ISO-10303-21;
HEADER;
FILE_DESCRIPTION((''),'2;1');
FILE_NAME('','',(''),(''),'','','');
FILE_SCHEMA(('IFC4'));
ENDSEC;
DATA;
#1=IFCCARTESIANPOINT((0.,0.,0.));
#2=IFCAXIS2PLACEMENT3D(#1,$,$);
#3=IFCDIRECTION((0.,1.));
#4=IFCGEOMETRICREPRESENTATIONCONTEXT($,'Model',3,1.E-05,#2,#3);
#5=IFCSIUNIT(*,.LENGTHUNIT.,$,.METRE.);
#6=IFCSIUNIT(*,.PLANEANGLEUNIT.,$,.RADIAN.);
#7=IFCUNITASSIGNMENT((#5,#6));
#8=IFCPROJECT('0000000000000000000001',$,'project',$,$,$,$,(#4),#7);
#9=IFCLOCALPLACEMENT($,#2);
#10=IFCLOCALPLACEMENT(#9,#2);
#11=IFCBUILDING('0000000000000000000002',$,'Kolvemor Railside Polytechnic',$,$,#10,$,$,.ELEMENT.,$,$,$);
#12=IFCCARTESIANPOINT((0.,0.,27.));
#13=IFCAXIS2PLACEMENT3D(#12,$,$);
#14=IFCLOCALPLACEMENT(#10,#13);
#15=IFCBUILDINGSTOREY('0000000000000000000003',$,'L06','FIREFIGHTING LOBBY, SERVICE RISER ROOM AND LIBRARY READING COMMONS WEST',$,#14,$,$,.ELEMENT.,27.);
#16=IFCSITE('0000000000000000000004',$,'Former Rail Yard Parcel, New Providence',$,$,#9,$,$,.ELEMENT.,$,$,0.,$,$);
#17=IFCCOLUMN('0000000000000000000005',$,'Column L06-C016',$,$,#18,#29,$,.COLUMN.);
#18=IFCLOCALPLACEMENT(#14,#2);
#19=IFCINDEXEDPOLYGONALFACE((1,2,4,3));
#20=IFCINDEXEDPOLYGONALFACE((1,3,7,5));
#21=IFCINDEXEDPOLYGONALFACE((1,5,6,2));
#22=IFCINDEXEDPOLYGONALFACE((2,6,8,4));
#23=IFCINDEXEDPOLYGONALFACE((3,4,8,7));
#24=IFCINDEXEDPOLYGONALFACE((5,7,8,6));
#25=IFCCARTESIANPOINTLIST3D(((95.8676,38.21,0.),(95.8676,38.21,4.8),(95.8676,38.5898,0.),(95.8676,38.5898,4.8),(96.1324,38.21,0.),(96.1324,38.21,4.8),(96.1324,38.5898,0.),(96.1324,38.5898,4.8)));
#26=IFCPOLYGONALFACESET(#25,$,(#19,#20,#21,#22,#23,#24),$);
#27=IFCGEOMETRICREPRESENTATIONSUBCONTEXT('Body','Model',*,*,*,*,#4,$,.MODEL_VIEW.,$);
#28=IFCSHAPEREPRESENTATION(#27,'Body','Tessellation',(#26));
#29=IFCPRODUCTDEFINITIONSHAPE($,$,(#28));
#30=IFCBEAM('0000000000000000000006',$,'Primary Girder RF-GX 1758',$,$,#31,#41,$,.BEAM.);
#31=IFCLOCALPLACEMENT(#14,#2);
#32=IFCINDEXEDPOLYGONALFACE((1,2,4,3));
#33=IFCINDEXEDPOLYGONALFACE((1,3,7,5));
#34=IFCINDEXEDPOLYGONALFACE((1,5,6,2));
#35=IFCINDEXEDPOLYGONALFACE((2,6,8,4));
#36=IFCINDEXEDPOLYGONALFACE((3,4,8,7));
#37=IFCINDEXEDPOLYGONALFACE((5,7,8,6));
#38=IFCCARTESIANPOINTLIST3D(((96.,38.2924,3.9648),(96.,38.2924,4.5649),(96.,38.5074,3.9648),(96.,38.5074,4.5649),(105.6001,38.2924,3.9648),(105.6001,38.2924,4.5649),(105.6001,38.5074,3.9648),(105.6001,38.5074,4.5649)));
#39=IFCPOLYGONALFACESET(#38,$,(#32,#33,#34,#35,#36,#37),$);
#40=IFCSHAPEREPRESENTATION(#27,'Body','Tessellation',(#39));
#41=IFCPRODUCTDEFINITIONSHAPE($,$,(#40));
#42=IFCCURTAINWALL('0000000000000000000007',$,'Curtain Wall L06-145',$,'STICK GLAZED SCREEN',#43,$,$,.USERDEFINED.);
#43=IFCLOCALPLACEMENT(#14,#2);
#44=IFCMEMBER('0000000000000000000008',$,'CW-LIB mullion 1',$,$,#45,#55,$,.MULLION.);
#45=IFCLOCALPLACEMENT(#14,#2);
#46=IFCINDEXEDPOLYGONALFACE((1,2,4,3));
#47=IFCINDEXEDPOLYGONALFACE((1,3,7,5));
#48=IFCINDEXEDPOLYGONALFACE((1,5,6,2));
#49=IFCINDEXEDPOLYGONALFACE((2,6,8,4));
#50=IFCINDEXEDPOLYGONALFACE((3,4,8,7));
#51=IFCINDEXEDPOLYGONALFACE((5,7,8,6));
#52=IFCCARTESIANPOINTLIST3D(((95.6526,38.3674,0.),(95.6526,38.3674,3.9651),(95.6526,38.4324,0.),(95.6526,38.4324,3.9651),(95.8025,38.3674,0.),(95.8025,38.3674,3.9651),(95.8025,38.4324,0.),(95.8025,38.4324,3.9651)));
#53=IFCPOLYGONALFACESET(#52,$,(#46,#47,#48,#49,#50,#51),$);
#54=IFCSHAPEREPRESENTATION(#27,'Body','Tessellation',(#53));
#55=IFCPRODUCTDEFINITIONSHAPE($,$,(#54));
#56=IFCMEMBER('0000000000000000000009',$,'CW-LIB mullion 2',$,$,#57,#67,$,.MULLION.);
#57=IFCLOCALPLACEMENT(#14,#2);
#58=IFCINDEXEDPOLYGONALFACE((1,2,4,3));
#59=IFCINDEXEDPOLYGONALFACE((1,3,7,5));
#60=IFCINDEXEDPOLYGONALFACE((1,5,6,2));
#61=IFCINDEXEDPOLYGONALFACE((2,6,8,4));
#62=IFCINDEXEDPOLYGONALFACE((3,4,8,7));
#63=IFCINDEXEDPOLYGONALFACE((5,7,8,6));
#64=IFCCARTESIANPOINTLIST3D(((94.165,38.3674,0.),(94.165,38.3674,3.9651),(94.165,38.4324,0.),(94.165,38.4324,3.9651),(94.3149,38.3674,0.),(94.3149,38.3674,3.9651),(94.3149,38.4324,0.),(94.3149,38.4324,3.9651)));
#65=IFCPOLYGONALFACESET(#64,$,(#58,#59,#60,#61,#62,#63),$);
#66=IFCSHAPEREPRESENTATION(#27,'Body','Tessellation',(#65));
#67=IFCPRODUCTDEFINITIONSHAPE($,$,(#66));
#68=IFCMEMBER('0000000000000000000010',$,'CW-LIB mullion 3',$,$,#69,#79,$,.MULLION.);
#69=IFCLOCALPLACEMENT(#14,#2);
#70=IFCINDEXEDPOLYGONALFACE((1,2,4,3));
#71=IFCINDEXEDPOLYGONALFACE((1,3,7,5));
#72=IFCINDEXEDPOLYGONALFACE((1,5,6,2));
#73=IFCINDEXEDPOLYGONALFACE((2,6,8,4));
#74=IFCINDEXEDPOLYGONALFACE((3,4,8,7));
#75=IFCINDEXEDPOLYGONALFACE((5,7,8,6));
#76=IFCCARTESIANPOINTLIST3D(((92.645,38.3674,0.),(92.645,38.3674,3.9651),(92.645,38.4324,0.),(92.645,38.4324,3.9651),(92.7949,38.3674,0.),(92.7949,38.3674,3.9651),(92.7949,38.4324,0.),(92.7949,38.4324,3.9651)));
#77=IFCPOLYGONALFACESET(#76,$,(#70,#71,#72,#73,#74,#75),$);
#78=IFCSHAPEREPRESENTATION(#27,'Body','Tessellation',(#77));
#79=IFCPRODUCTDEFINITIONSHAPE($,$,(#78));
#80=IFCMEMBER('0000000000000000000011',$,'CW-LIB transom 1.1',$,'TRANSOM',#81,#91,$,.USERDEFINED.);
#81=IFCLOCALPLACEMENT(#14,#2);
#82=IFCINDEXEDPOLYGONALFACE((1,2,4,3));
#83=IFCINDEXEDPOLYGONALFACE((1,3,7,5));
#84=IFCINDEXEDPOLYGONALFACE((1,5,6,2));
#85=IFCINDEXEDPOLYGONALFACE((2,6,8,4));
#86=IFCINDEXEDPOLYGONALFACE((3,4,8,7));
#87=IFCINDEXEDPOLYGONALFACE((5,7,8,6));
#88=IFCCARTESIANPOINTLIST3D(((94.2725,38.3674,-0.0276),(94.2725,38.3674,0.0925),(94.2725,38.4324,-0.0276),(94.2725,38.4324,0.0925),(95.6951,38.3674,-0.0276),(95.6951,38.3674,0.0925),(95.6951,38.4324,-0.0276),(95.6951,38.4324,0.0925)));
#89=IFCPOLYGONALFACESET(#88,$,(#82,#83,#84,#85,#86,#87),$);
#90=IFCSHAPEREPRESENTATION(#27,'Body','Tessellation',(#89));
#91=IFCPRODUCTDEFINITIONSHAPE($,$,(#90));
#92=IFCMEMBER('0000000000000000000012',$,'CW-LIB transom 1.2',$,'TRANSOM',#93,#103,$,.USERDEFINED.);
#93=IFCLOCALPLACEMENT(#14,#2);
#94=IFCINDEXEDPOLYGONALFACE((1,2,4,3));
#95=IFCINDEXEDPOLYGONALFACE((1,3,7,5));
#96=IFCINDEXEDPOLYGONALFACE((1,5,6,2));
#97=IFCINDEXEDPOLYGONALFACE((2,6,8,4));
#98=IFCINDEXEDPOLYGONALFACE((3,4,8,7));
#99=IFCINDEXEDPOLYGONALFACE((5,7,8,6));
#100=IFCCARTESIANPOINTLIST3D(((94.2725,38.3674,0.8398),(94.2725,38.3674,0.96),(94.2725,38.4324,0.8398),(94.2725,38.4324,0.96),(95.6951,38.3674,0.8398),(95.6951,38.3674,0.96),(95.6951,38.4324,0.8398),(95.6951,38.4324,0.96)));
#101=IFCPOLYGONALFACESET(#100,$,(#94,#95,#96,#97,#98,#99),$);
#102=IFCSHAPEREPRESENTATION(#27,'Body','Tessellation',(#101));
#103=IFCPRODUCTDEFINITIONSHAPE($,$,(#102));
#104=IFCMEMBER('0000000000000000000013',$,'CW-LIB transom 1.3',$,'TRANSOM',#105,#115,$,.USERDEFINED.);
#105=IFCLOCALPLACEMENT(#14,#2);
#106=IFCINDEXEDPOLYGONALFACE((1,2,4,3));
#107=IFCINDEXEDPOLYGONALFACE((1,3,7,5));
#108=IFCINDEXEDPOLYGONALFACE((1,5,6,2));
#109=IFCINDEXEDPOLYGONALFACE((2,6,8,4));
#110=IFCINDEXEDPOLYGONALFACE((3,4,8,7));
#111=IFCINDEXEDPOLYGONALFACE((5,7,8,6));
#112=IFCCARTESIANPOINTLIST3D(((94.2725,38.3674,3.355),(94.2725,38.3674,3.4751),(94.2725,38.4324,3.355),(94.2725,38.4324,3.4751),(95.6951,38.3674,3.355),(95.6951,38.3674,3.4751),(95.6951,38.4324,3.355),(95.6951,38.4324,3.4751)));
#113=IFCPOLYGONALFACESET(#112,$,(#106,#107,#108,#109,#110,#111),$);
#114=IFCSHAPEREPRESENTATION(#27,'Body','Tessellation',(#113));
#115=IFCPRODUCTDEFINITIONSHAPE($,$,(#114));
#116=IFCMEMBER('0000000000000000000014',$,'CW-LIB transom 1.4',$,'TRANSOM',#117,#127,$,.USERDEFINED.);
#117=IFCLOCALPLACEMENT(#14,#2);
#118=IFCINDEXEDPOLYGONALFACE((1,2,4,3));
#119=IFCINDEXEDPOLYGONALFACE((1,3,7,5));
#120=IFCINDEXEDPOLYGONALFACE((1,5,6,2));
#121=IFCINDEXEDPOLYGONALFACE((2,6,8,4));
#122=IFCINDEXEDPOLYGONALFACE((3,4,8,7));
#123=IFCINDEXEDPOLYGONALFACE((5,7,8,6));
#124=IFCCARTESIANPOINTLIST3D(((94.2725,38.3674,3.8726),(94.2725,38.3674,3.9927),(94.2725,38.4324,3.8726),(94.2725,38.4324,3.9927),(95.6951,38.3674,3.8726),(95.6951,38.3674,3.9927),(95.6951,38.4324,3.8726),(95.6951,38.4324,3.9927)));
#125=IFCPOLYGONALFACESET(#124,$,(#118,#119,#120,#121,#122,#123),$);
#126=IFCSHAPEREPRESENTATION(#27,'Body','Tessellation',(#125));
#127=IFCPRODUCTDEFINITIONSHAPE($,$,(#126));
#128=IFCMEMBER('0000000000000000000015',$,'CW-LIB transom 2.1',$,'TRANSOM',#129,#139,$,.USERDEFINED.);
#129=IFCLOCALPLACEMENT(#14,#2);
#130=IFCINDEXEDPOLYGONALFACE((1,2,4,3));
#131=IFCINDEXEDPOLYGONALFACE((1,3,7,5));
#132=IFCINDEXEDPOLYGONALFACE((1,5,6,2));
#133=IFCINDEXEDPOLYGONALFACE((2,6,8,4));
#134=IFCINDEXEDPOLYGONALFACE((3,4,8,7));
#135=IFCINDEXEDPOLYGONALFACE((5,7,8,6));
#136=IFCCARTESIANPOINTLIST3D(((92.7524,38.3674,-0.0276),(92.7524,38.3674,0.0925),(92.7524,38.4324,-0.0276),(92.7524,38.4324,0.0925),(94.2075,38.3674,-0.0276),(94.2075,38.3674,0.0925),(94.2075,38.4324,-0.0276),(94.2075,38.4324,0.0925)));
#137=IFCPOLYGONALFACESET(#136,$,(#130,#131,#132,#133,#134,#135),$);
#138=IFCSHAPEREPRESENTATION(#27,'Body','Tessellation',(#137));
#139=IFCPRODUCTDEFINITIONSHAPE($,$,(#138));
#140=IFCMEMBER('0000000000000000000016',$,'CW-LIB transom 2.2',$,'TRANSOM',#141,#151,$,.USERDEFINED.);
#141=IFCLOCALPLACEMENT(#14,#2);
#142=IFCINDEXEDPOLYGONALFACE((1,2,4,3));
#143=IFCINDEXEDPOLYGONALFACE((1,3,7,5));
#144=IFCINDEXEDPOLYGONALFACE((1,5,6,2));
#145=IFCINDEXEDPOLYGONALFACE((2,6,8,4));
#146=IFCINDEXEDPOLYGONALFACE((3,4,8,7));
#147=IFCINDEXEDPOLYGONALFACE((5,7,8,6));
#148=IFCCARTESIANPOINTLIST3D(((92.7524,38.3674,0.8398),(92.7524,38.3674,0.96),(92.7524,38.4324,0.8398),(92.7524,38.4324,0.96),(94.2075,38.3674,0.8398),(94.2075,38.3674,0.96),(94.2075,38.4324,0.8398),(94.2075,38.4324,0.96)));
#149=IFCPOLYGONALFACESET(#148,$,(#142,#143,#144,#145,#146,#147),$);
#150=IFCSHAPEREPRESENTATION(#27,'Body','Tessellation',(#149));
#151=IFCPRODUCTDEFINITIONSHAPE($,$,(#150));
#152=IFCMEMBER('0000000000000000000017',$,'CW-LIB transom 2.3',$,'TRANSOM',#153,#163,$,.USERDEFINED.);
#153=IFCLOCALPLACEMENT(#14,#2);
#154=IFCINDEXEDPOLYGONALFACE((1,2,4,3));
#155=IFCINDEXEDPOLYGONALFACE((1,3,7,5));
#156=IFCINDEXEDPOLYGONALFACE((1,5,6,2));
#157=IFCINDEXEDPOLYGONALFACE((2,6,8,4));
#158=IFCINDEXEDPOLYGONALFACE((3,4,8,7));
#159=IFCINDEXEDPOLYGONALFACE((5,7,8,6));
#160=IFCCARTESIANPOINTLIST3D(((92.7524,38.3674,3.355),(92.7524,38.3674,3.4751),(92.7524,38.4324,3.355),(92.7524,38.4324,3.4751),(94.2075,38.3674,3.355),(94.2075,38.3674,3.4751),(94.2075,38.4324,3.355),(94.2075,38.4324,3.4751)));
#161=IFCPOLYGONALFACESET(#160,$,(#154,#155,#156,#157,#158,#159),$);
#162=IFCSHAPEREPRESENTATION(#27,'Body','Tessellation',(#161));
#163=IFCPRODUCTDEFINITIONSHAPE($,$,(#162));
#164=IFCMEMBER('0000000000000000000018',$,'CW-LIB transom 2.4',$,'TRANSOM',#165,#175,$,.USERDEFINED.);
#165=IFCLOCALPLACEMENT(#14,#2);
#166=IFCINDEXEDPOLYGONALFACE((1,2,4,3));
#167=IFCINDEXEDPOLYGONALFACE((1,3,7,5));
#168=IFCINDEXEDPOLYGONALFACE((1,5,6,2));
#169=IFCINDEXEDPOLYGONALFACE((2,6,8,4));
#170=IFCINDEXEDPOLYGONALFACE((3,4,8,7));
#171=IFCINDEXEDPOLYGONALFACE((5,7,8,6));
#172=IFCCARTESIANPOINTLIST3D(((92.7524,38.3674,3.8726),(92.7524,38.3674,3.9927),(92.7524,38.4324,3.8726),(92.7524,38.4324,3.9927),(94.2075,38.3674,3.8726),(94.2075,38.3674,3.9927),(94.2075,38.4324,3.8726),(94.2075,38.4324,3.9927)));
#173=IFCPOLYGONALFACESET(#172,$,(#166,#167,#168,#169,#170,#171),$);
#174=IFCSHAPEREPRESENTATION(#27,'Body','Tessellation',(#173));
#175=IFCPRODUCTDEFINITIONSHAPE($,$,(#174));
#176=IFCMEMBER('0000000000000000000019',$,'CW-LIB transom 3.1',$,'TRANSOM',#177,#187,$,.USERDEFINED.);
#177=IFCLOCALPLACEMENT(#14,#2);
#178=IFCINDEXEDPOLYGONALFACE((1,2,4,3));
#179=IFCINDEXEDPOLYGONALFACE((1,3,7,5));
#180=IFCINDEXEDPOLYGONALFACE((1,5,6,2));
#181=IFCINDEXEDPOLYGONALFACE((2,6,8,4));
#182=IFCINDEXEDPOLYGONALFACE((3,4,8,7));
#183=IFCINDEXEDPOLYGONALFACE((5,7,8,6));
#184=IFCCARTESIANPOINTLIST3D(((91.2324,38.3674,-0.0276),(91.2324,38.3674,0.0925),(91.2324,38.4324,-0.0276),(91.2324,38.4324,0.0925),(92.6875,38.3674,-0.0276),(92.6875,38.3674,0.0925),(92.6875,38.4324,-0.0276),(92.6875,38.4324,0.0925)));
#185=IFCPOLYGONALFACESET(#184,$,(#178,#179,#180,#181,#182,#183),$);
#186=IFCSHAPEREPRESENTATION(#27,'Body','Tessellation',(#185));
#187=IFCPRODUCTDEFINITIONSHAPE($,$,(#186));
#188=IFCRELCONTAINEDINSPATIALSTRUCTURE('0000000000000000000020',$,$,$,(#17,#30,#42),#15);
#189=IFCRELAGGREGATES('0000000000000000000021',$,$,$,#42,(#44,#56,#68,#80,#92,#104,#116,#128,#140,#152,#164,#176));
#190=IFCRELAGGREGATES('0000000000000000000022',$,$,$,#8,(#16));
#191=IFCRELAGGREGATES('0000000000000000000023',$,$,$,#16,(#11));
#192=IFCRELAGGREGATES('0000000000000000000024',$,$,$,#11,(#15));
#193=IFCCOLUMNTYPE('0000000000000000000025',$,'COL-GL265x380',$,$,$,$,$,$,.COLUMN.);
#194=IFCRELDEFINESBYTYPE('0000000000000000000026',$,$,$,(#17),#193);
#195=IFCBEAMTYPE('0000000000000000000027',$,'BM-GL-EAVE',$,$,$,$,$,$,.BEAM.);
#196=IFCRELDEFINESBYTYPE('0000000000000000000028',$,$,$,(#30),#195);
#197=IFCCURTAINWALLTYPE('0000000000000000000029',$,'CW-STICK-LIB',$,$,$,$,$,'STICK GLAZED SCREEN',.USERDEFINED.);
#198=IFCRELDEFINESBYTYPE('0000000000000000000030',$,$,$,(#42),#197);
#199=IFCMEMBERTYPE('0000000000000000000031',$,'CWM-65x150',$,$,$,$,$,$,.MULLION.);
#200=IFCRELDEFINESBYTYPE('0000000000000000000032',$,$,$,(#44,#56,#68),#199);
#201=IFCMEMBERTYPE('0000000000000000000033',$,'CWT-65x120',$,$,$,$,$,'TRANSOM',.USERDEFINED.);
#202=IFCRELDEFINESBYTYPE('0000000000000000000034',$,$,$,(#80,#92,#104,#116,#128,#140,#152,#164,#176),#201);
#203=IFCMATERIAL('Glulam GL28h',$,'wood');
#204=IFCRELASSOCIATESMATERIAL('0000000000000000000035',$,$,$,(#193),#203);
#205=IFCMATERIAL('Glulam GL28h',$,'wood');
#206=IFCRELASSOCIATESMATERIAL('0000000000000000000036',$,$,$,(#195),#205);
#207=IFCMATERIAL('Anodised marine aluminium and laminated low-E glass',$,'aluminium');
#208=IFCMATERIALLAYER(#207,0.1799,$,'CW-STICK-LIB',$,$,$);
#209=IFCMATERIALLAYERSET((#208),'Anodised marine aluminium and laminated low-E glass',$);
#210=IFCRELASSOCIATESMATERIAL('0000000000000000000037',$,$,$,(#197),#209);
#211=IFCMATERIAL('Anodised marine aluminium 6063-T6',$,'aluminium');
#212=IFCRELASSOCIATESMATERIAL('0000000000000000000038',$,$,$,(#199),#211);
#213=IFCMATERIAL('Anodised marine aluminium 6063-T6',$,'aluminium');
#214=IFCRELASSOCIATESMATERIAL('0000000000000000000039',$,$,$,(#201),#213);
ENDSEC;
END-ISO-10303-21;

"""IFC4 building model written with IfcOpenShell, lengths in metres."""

from ifc_helpers import new_model, si_unit, direction, frame, origin, origin_2d, place, context, subcontext, project, spatial, rectangle, extrude, material, layer, layer_set, material_profile, profile_set, type_object, element, aggregate, save


model = new_model("IFC4")

# Units and contexts
model_context = context("Model", 3, precision=1e-05, world=origin(), true_north=direction((0.0, 1.0)))
body_context = subcontext(model_context, "Body", "Model", "MODEL_VIEW")
ifc_project = project(units=[si_unit("LENGTHUNIT", "METRE"), si_unit("PLANEANGLEUNIT", "RADIAN")], contexts=[model_context])

# Site, building, storey
site_placement = place(None, origin())
site = spatial("IfcSite", under=ifc_project, at=site_placement, Name="Former Rail Yard Parcel, New Providence", CompositionType="ELEMENT", RefElevation=0.0)
building_placement = place(site_placement, origin())
building = spatial("IfcBuilding", under=site, at=building_placement, Name="Kolvemor Railside Polytechnic", CompositionType="ELEMENT")
storey_placement = place(building_placement, frame((0.0, 0.0, 27.0)))
storey = spatial("IfcBuildingStorey", under=building, at=storey_placement, Name="L06", Description="FIREFIGHTING LOBBY, SERVICE RISER ROOM AND LIBRARY READING COMMONS WEST", CompositionType="ELEMENT", Elevation=27.0)

# Column
ifc_material_1 = material(Name="Glulam GL28h", Category="wood")
ifc_material_profile_1 = material_profile(ifc_material_1, rectangle(XDim=0.2649, YDim=0.3799, at=origin_2d()), Name="GL265x380")
ifc_profile_set_1 = profile_set([ifc_material_profile_1], Name="Glulam GL28h")
column_type = type_object("IfcColumnType", Name="COL-GL265x380", PredefinedType="COLUMN", material=ifc_profile_set_1)
column_placement = place(storey_placement, frame((96.0, 38.3999, 0.0), z_axis=(0.0, 0.0, 1.0), x_axis=(1.0, 0.0, 0.0)))
element("IfcColumn", 1, at=column_placement, inside=storey, type_object=column_type, Name="Column L06-C016", PredefinedType="COLUMN", context=body_context, shape_type="SweptSolid", body=[
    extrude(rectangle(XDim=0.2649, YDim=0.3799, at=origin_2d()), origin(), (0.0, 0.0, 1.0), 4.8),
])

# Beam
ifc_material_2 = material(Name="Glulam GL28h", Category="wood")
ifc_material_profile_2 = material_profile(ifc_material_2, rectangle(XDim=0.2151, YDim=0.6001, at=origin_2d()), Name="GL215x600")
ifc_profile_set_2 = profile_set([ifc_material_profile_2], Name="Glulam GL28h")
beam_type = type_object("IfcBeamType", Name="BM-GL-EAVE", PredefinedType="BEAM", material=ifc_profile_set_2)
beam_placement = place(storey_placement, frame((96.0, 38.3999, 4.2649), z_axis=(1.0, 0.0, 0.0), x_axis=(0.0, 1.0, 0.0)))
element("IfcBeam", 2, at=beam_placement, inside=storey, type_object=beam_type, Name="Primary Girder RF-GX 1758", PredefinedType="BEAM", context=body_context, shape_type="SweptSolid", body=[
    extrude(rectangle(XDim=0.2151, YDim=0.6001, at=origin_2d()), origin(), (0.0, 0.0, 1.0), 9.6001),
])

# Curtain wall, members
ifc_material_3 = material(Name="Anodised marine aluminium and laminated low-E glass", Category="aluminium")
ifc_layer_1 = layer(ifc_material_3, 0.1799, Name="CW-STICK-LIB")
ifc_layer_set_1 = layer_set([ifc_layer_1], Name="Anodised marine aluminium and laminated low-E glass")
curtain_wall_type = type_object("IfcCurtainWallType", Name="CW-STICK-LIB", ElementType="STICK GLAZED SCREEN", PredefinedType="USERDEFINED", material=ifc_layer_set_1)
curtain_wall_placement = place(storey_placement, origin())
curtain_wall = element("IfcCurtainWall", 3, at=curtain_wall_placement, inside=storey, type_object=curtain_wall_type, Name="Curtain Wall L06-145", ObjectType="STICK GLAZED SCREEN", PredefinedType="USERDEFINED")
ifc_material_4 = material(Name="Anodised marine aluminium 6063-T6", Category="aluminium")
ifc_material_profile_3 = material_profile(ifc_material_4, rectangle(XDim=0.0649, YDim=0.1499, at=origin_2d()), Name="CW-MUL-65x150")
ifc_profile_set_3 = profile_set([ifc_material_profile_3], Name="Anodised marine aluminium 6063-T6")
member_type_1 = type_object("IfcMemberType", Name="CWM-65x150", PredefinedType="MULLION", material=ifc_profile_set_3)
member_1_placement = place(storey_placement, frame((95.7275, 38.3999, 0.0), z_axis=(0.0, 0.0, 1.0), x_axis=(0.0, -1.0, 0.0)))
member_1 = element("IfcMember", 4, at=member_1_placement, type_object=member_type_1, Name="CW-LIB mullion 1", PredefinedType="MULLION", context=body_context, shape_type="SweptSolid", body=[
    extrude(rectangle(XDim=0.0649, YDim=0.1499, at=origin_2d()), origin(), (0.0, 0.0, 1.0), 3.9651),
])
member_2_placement = place(storey_placement, frame((94.24, 38.3999, 0.0), z_axis=(0.0, 0.0, 1.0), x_axis=(0.0, -1.0, 0.0)))
member_2 = element("IfcMember", 5, at=member_2_placement, type_object=member_type_1, Name="CW-LIB mullion 2", PredefinedType="MULLION", context=body_context, shape_type="SweptSolid", body=[
    extrude(rectangle(XDim=0.0649, YDim=0.1499, at=origin_2d()), origin(), (0.0, 0.0, 1.0), 3.9651),
])
member_3_placement = place(storey_placement, frame((92.72, 38.3999, 0.0), z_axis=(0.0, 0.0, 1.0), x_axis=(0.0, -1.0, 0.0)))
member_3 = element("IfcMember", 6, at=member_3_placement, type_object=member_type_1, Name="CW-LIB mullion 3", PredefinedType="MULLION", context=body_context, shape_type="SweptSolid", body=[
    extrude(rectangle(XDim=0.0649, YDim=0.1499, at=origin_2d()), origin(), (0.0, 0.0, 1.0), 3.9651),
])
ifc_material_5 = material(Name="Anodised marine aluminium 6063-T6", Category="aluminium")
ifc_material_profile_4 = material_profile(ifc_material_5, rectangle(XDim=0.0649, YDim=0.1201, at=origin_2d()), Name="CW-TRN-65x120")
ifc_profile_set_4 = profile_set([ifc_material_profile_4], Name="Anodised marine aluminium 6063-T6")
member_type_2 = type_object("IfcMemberType", Name="CWT-65x120", ElementType="TRANSOM", PredefinedType="USERDEFINED", material=ifc_profile_set_4)
member_4_placement = place(storey_placement, frame((95.6951, 38.3999, 0.0325), z_axis=(-1.0, 0.0, 0.0), x_axis=(0.0, -1.0, 0.0)))
member_4 = element("IfcMember", 7, at=member_4_placement, type_object=member_type_2, Name="CW-LIB transom 1.1", ObjectType="TRANSOM", PredefinedType="USERDEFINED", context=body_context, shape_type="SweptSolid", body=[
    extrude(rectangle(XDim=0.0649, YDim=0.1201, at=origin_2d()), origin(), (0.0, 0.0, 1.0), 1.4226),
])
member_5_placement = place(storey_placement, frame((95.6951, 38.3999, 0.8999), z_axis=(-1.0, 0.0, 0.0), x_axis=(0.0, -1.0, 0.0)))
member_5 = element("IfcMember", 8, at=member_5_placement, type_object=member_type_2, Name="CW-LIB transom 1.2", ObjectType="TRANSOM", PredefinedType="USERDEFINED", context=body_context, shape_type="SweptSolid", body=[
    extrude(rectangle(XDim=0.0649, YDim=0.1201, at=origin_2d()), origin(), (0.0, 0.0, 1.0), 1.4226),
])
member_6_placement = place(storey_placement, frame((95.6951, 38.3999, 3.415), z_axis=(-1.0, 0.0, 0.0), x_axis=(0.0, -1.0, 0.0)))
member_6 = element("IfcMember", 9, at=member_6_placement, type_object=member_type_2, Name="CW-LIB transom 1.3", ObjectType="TRANSOM", PredefinedType="USERDEFINED", context=body_context, shape_type="SweptSolid", body=[
    extrude(rectangle(XDim=0.0649, YDim=0.1201, at=origin_2d()), origin(), (0.0, 0.0, 1.0), 1.4226),
])
member_7_placement = place(storey_placement, frame((95.6951, 38.3999, 3.9326), z_axis=(-1.0, 0.0, 0.0), x_axis=(0.0, -1.0, 0.0)))
member_7 = element("IfcMember", 10, at=member_7_placement, type_object=member_type_2, Name="CW-LIB transom 1.4", ObjectType="TRANSOM", PredefinedType="USERDEFINED", context=body_context, shape_type="SweptSolid", body=[
    extrude(rectangle(XDim=0.0649, YDim=0.1201, at=origin_2d()), origin(), (0.0, 0.0, 1.0), 1.4226),
])
member_8_placement = place(storey_placement, frame((94.2075, 38.3999, 0.0325), z_axis=(-1.0, 0.0, 0.0), x_axis=(0.0, -1.0, 0.0)))
member_8 = element("IfcMember", 11, at=member_8_placement, type_object=member_type_2, Name="CW-LIB transom 2.1", ObjectType="TRANSOM", PredefinedType="USERDEFINED", context=body_context, shape_type="SweptSolid", body=[
    extrude(rectangle(XDim=0.0649, YDim=0.1201, at=origin_2d()), origin(), (0.0, 0.0, 1.0), 1.4551),
])
member_9_placement = place(storey_placement, frame((94.2075, 38.3999, 0.8999), z_axis=(-1.0, 0.0, 0.0), x_axis=(0.0, -1.0, 0.0)))
member_9 = element("IfcMember", 12, at=member_9_placement, type_object=member_type_2, Name="CW-LIB transom 2.2", ObjectType="TRANSOM", PredefinedType="USERDEFINED", context=body_context, shape_type="SweptSolid", body=[
    extrude(rectangle(XDim=0.0649, YDim=0.1201, at=origin_2d()), origin(), (0.0, 0.0, 1.0), 1.4551),
])
member_10_placement = place(storey_placement, frame((94.2075, 38.3999, 3.415), z_axis=(-1.0, 0.0, 0.0), x_axis=(0.0, -1.0, 0.0)))
member_10 = element("IfcMember", 13, at=member_10_placement, type_object=member_type_2, Name="CW-LIB transom 2.3", ObjectType="TRANSOM", PredefinedType="USERDEFINED", context=body_context, shape_type="SweptSolid", body=[
    extrude(rectangle(XDim=0.0649, YDim=0.1201, at=origin_2d()), origin(), (0.0, 0.0, 1.0), 1.4551),
])
member_11_placement = place(storey_placement, frame((94.2075, 38.3999, 3.9326), z_axis=(-1.0, 0.0, 0.0), x_axis=(0.0, -1.0, 0.0)))
member_11 = element("IfcMember", 14, at=member_11_placement, type_object=member_type_2, Name="CW-LIB transom 2.4", ObjectType="TRANSOM", PredefinedType="USERDEFINED", context=body_context, shape_type="SweptSolid", body=[
    extrude(rectangle(XDim=0.0649, YDim=0.1201, at=origin_2d()), origin(), (0.0, 0.0, 1.0), 1.4551),
])
member_12_placement = place(storey_placement, frame((92.6875, 38.3999, 0.0325), z_axis=(-1.0, 0.0, 0.0), x_axis=(0.0, -1.0, 0.0)))
member_12 = element("IfcMember", 15, at=member_12_placement, type_object=member_type_2, Name="CW-LIB transom 3.1", ObjectType="TRANSOM", PredefinedType="USERDEFINED", context=body_context, shape_type="SweptSolid", body=[
    extrude(rectangle(XDim=0.0649, YDim=0.1201, at=origin_2d()), origin(), (0.0, 0.0, 1.0), 1.4551),
])
aggregate(curtain_wall, [member_1, member_2, member_3, member_4, member_5, member_6, member_7, member_8, member_9, member_10, member_11, member_12])

save(model, "model.ifc")
